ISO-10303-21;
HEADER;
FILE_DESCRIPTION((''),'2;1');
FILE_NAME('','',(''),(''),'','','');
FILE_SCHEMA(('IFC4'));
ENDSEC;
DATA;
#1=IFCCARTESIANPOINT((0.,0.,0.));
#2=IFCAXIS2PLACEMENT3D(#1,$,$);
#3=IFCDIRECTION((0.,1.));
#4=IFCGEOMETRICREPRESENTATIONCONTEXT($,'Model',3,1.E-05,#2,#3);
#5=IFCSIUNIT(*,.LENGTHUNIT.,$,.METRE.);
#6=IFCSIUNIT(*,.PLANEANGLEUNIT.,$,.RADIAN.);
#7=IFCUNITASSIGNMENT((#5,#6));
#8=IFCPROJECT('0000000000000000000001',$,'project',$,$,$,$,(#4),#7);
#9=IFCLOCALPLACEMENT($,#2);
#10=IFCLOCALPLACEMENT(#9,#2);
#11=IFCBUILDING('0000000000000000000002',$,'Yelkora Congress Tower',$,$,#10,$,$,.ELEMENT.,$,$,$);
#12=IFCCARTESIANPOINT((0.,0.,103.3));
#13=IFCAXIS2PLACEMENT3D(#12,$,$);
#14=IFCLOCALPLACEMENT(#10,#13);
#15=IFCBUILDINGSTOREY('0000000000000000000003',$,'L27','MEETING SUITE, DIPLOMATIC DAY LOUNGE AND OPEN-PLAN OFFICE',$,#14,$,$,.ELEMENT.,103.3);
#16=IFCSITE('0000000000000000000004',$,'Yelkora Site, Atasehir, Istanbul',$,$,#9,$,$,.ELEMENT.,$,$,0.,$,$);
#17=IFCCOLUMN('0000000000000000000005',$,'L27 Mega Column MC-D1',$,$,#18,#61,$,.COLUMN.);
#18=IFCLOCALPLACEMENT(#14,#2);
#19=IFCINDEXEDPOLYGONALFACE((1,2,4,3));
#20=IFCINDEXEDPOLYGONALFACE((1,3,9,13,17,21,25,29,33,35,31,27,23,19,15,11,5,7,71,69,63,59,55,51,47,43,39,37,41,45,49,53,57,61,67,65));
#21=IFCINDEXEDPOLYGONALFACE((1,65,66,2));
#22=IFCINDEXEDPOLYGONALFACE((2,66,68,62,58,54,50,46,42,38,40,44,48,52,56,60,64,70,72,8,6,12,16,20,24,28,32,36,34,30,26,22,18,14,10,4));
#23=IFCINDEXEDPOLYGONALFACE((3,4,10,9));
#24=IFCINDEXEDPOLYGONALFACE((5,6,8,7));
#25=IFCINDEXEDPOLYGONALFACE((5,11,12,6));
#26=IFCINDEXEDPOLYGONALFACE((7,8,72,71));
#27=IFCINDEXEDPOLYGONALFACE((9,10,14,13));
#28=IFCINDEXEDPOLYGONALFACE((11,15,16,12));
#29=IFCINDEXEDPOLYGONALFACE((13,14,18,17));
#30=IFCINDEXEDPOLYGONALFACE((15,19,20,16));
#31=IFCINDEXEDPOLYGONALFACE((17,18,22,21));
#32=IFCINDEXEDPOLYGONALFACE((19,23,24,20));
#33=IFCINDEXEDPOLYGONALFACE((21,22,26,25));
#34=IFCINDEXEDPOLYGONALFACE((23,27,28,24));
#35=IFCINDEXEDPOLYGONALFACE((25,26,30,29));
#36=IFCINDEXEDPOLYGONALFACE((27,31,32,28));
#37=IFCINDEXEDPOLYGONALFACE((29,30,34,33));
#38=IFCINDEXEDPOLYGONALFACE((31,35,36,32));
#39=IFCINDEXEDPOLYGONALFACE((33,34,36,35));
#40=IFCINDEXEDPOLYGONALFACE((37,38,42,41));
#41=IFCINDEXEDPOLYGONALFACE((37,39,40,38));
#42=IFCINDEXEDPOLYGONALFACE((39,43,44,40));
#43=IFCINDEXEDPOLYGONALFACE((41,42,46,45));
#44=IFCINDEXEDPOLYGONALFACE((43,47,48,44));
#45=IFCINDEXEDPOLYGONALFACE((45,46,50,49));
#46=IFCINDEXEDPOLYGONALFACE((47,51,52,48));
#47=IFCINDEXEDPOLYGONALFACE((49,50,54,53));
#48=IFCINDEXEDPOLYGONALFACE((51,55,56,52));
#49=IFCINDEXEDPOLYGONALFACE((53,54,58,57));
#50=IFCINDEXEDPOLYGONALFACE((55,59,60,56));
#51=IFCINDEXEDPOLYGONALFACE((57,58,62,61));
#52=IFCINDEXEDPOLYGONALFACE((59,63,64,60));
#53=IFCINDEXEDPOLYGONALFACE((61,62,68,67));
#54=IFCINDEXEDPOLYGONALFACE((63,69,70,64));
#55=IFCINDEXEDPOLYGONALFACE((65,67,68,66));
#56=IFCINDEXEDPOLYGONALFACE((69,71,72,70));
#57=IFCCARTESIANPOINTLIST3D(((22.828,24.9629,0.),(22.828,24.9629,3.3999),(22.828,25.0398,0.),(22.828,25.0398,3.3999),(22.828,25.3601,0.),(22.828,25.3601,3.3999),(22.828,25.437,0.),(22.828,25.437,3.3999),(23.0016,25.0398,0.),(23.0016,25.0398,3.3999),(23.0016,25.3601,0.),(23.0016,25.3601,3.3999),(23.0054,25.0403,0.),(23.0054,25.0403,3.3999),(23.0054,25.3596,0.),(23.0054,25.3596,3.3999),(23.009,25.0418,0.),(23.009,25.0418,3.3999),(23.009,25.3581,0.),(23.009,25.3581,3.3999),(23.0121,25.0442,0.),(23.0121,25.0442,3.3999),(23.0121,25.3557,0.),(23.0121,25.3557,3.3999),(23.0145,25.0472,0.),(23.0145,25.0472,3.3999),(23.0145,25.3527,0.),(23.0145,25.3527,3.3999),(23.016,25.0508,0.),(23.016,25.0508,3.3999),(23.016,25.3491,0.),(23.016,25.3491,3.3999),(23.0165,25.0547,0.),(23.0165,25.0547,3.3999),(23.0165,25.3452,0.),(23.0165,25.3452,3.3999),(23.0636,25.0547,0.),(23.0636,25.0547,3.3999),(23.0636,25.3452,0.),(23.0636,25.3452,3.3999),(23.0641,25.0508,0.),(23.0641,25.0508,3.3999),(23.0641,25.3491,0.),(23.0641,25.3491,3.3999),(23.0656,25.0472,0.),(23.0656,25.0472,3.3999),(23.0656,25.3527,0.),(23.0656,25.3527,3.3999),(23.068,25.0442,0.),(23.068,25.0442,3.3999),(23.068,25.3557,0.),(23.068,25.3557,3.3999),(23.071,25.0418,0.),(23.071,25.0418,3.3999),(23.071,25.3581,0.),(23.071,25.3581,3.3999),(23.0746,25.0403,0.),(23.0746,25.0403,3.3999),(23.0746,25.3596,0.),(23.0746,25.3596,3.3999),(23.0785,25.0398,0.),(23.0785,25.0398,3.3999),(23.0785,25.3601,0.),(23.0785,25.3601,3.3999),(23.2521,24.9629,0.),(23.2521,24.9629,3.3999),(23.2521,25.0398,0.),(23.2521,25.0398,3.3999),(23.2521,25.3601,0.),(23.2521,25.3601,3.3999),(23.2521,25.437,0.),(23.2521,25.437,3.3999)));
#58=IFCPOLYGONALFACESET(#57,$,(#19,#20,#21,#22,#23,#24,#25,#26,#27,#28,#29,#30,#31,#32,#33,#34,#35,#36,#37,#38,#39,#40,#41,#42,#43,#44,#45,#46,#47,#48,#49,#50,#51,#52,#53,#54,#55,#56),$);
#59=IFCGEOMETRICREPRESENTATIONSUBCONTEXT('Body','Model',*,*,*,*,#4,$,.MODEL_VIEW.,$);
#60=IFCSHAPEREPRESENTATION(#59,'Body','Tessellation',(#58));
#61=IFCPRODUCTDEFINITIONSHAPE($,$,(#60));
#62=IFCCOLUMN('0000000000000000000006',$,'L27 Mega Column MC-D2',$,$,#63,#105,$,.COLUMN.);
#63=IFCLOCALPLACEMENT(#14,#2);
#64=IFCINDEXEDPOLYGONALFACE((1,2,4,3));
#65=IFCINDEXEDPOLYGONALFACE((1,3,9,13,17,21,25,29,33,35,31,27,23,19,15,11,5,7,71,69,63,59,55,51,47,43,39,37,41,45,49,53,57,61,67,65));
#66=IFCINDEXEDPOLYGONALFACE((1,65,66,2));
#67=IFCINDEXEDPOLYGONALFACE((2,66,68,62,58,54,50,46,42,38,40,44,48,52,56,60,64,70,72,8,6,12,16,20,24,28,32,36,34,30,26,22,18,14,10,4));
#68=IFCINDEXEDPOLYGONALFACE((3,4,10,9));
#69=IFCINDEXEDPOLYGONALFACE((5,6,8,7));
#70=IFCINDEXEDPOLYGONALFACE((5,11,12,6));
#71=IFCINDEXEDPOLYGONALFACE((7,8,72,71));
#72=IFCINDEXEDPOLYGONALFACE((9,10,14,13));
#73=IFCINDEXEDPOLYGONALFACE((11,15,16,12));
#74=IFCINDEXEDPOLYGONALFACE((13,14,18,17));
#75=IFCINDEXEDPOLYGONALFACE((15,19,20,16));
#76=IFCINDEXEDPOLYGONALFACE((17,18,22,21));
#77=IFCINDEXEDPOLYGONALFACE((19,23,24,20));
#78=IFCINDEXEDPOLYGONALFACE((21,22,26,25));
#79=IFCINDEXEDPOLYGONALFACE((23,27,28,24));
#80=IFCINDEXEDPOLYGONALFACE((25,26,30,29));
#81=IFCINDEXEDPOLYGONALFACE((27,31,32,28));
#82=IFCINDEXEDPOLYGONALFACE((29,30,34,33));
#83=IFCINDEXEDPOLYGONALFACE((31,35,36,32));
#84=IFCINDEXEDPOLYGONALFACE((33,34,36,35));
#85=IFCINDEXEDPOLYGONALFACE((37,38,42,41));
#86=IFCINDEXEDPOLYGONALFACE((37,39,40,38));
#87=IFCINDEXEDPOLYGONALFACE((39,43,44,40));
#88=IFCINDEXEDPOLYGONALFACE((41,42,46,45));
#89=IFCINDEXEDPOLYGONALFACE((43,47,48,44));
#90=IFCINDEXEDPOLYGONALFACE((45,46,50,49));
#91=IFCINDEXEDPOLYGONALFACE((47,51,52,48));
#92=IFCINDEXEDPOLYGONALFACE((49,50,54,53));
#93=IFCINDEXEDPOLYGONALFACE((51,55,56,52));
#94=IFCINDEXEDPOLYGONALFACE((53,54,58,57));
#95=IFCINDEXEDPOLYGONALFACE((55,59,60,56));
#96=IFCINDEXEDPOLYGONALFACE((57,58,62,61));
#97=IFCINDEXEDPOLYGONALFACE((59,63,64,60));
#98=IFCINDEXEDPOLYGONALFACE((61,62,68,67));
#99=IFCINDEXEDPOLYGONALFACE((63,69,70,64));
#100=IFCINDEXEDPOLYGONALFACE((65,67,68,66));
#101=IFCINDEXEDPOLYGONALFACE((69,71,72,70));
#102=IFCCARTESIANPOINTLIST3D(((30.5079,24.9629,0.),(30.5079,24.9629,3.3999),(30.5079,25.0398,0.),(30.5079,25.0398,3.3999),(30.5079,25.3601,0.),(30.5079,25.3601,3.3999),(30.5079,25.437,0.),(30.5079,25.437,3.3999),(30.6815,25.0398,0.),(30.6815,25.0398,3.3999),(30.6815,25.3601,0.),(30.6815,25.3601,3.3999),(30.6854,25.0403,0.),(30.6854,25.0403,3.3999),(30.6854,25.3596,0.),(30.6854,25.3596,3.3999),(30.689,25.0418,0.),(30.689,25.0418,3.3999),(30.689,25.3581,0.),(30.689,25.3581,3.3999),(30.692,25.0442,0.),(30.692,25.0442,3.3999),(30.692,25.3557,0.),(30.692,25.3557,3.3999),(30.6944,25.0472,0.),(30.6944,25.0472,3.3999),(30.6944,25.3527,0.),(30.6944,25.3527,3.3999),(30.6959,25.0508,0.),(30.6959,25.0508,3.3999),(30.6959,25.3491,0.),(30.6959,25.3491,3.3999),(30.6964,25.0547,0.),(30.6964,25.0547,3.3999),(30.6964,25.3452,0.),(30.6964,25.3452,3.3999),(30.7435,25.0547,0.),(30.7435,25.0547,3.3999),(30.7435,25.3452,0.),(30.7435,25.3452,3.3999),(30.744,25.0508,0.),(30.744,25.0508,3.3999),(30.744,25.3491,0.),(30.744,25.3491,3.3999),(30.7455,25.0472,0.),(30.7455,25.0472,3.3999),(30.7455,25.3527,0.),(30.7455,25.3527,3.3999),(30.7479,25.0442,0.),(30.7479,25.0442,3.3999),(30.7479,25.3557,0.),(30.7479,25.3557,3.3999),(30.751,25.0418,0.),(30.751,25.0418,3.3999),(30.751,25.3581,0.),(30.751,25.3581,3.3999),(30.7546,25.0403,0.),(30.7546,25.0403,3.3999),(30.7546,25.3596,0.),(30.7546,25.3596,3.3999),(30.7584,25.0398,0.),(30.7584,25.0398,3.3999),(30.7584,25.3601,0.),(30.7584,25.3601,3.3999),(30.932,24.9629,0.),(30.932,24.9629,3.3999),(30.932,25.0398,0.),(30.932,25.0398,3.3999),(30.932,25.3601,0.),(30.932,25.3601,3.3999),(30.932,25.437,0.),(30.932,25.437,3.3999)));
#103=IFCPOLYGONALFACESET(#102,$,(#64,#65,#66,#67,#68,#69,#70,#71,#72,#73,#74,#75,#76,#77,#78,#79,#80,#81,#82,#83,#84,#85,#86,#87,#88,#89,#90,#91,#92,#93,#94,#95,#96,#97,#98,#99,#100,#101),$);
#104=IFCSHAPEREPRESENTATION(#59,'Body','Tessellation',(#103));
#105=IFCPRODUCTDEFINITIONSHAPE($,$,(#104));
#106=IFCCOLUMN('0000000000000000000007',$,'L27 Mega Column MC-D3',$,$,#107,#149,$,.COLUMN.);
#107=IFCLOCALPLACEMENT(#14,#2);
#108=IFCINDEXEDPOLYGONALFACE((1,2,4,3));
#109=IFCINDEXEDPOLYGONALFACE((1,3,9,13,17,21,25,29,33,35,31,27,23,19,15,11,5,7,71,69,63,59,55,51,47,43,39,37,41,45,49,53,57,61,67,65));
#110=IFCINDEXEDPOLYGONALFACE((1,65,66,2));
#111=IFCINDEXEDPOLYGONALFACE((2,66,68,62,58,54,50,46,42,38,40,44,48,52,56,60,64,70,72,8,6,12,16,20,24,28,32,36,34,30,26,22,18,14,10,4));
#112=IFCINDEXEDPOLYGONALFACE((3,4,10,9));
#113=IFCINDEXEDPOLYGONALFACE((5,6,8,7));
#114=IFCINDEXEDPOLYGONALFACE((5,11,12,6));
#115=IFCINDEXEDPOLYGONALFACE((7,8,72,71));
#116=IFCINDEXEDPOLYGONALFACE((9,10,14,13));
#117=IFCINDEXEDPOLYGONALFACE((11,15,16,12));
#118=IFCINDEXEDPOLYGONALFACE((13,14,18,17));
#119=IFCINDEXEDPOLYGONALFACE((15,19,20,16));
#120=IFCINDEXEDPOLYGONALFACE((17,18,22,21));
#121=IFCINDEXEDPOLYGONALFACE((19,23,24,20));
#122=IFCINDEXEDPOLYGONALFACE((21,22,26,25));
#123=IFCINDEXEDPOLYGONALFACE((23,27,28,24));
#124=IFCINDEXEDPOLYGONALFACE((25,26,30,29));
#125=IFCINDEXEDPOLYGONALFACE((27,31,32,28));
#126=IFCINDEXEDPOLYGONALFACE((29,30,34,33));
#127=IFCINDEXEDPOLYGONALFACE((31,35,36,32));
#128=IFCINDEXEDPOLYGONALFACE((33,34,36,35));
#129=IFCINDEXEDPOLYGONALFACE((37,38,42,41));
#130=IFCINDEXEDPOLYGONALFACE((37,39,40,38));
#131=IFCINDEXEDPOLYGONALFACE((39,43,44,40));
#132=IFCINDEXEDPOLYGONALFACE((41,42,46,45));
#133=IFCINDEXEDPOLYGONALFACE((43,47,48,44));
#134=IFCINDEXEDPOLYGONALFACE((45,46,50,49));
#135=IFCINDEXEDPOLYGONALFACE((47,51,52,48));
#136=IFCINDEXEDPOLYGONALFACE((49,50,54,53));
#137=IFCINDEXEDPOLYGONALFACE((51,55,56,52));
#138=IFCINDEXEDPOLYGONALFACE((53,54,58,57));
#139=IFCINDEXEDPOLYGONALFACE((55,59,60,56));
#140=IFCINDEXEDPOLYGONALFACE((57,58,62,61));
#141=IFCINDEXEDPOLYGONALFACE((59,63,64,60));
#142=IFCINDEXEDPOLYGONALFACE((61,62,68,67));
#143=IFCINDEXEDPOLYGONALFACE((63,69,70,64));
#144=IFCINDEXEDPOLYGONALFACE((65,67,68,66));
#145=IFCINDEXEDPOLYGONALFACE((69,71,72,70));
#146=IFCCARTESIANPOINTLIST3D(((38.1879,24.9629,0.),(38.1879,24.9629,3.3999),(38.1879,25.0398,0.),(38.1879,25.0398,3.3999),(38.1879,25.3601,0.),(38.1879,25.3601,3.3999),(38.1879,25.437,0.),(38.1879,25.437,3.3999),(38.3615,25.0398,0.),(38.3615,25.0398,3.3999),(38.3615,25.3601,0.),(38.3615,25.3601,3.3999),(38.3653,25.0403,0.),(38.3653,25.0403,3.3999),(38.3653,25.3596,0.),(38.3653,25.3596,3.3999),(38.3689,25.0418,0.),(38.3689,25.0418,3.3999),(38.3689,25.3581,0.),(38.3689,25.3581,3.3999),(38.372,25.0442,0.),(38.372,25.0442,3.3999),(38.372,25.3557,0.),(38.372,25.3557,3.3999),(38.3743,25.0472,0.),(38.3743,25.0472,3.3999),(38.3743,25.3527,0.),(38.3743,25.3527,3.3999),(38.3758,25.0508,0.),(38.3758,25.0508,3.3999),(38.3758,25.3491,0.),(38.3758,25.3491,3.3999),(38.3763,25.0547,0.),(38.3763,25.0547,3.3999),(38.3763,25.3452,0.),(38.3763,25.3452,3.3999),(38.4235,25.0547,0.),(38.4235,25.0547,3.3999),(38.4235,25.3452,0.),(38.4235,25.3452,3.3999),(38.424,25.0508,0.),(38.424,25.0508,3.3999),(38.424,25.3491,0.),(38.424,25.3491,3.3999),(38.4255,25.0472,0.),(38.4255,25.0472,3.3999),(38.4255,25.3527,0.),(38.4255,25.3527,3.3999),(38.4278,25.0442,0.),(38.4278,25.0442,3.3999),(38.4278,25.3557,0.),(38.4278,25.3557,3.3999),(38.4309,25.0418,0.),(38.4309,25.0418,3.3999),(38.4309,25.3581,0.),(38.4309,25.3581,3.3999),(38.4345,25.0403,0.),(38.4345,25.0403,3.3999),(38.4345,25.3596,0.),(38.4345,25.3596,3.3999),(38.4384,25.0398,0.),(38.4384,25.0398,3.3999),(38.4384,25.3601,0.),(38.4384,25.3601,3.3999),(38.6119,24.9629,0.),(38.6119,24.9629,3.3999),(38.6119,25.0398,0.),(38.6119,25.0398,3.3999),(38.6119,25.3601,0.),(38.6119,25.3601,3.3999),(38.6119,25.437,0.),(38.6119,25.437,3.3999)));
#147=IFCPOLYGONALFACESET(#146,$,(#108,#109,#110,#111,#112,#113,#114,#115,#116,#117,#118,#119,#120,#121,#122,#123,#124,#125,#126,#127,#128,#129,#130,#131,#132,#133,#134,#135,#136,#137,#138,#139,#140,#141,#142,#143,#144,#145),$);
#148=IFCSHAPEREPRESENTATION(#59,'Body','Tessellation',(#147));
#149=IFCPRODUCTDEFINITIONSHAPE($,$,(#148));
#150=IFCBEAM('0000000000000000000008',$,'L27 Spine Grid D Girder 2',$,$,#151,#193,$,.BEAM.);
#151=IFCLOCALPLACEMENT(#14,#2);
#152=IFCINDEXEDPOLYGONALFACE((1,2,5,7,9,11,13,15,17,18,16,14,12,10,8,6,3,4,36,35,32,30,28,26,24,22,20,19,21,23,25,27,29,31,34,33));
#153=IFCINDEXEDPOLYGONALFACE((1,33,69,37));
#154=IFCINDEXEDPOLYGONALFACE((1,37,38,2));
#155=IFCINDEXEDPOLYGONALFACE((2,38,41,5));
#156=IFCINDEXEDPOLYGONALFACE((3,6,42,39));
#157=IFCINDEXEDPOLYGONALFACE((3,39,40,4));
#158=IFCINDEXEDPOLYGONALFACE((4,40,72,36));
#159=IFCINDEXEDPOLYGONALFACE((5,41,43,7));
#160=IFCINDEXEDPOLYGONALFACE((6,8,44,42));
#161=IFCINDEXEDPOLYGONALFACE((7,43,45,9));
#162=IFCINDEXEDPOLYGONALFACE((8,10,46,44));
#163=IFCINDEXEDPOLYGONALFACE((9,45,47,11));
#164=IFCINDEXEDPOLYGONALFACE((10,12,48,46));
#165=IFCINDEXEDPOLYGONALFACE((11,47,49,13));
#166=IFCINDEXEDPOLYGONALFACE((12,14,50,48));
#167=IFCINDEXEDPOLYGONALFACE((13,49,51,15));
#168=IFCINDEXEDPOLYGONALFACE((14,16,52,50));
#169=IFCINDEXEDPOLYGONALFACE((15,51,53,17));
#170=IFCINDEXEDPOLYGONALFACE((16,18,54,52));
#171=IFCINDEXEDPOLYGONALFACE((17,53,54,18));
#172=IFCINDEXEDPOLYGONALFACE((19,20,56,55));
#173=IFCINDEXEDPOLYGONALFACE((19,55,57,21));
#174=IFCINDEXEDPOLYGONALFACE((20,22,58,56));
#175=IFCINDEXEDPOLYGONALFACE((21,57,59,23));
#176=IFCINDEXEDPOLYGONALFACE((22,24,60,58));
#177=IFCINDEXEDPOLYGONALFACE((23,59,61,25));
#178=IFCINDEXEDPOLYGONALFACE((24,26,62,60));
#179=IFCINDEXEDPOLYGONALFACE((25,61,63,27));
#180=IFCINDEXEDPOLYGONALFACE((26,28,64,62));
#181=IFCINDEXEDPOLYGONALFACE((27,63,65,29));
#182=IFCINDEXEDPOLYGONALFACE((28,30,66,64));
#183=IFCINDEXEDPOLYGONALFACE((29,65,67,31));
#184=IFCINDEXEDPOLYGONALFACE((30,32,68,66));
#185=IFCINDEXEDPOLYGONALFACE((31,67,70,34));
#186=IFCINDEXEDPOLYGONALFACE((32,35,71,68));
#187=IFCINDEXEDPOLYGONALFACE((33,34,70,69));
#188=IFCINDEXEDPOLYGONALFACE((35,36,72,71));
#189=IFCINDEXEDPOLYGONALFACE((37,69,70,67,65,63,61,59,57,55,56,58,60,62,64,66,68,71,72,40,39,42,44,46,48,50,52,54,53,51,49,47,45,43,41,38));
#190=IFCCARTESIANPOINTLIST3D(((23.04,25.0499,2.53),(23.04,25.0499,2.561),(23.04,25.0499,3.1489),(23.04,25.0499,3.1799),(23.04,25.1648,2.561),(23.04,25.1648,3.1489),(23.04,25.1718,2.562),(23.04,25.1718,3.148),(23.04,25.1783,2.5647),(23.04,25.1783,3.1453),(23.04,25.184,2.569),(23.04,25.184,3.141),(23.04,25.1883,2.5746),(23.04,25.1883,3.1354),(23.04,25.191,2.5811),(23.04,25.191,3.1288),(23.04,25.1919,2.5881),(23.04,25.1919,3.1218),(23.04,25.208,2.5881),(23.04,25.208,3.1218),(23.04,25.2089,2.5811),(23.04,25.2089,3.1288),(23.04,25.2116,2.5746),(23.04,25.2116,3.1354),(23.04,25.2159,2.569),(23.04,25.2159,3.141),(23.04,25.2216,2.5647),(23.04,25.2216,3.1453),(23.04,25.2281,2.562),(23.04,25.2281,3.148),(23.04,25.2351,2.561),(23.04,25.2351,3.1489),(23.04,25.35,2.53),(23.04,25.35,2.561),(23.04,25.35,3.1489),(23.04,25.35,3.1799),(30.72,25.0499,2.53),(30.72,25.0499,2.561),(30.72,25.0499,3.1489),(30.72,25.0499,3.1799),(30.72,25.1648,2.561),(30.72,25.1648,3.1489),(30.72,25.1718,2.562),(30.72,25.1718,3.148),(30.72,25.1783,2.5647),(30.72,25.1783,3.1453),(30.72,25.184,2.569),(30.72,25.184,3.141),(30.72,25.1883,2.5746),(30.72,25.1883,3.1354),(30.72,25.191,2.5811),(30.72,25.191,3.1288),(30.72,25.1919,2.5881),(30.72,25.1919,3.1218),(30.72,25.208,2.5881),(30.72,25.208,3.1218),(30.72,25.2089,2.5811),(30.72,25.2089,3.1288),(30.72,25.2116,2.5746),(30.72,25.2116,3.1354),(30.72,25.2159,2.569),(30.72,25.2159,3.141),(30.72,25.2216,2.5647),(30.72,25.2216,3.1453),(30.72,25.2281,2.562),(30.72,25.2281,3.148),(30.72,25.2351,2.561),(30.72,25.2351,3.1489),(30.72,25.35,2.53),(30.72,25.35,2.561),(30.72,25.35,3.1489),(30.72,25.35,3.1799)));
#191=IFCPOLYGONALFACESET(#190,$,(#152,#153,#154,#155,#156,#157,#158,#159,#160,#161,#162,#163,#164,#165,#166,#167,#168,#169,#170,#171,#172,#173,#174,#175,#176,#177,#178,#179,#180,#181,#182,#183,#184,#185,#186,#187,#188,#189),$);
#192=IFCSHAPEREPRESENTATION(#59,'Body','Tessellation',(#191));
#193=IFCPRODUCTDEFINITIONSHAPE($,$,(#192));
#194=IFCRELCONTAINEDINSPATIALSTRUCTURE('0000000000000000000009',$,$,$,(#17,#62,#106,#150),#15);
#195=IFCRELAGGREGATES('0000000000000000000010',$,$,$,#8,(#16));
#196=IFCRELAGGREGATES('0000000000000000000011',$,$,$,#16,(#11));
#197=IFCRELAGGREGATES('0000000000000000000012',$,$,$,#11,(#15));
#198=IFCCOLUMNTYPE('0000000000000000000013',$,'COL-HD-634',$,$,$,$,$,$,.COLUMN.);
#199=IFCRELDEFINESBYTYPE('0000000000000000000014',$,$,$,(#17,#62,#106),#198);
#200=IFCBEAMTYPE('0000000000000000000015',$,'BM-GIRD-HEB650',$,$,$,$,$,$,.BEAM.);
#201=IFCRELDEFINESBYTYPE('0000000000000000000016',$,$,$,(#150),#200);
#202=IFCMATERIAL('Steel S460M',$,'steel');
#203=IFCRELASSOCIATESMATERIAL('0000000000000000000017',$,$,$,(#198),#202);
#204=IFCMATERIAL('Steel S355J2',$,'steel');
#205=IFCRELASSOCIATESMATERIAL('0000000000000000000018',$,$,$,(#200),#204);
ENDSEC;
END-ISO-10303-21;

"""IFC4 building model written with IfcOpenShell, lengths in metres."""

from ifc_helpers import new_model, si_unit, direction, frame, origin, origin_2d, place, context, subcontext, project, spatial, i_section, extrude, material, material_profile, profile_set, type_object, element, save


model = new_model("IFC4")

# Units and contexts
model_context = context("Model", 3, precision=1e-05, world=origin(), true_north=direction((0.0, 1.0)))
body_context = subcontext(model_context, "Body", "Model", "MODEL_VIEW")
ifc_project = project(units=[si_unit("LENGTHUNIT", "METRE"), si_unit("PLANEANGLEUNIT", "RADIAN")], contexts=[model_context])

# Site, building, storey
site_placement = place(None, origin())
site = spatial("IfcSite", under=ifc_project, at=site_placement, Name="Yelkora Site, Atasehir, Istanbul", CompositionType="ELEMENT", RefElevation=0.0)
building_placement = place(site_placement, origin())
building = spatial("IfcBuilding", under=site, at=building_placement, Name="Yelkora Congress Tower", CompositionType="ELEMENT")
storey_placement = place(building_placement, frame((0.0, 0.0, 103.3)))
storey = spatial("IfcBuildingStorey", under=building, at=storey_placement, Name="L27", Description="MEETING SUITE, DIPLOMATIC DAY LOUNGE AND OPEN-PLAN OFFICE", CompositionType="ELEMENT", Elevation=103.3)

# Columns
ifc_material_1 = material(Name="Steel S460M", Category="steel")
ifc_material_profile_1 = material_profile(ifc_material_1, i_section(OverallWidth=0.4241, OverallDepth=0.4741, WebThickness=0.0471, FlangeThickness=0.0769, FilletRadius=0.0149, at=origin_2d()), Name="HD 400x634")
ifc_profile_set_1 = profile_set([ifc_material_profile_1], Name="Steel S460M")
column_type = type_object("IfcColumnType", Name="COL-HD-634", PredefinedType="COLUMN", material=ifc_profile_set_1)
for number, where, z_axis, x_axis, name in (
    (1, (23.04, 25.2, 0.0), (0.0, 0.0, 1.0), (1.0, 0.0, 0.0), "L27 Mega Column MC-D1"),
    (2, (30.72, 25.2, 0.0), (0.0, 0.0, 1.0), (1.0, 0.0, 0.0), "L27 Mega Column MC-D2"),
    (3, (38.3999, 25.2, 0.0), (0.0, 0.0, 1.0), (1.0, 0.0, 0.0), "L27 Mega Column MC-D3"),
):
    element("IfcColumn", number, at=place(storey_placement, frame(where, z_axis=z_axis, x_axis=x_axis)), inside=storey, type_object=column_type, Name=name, PredefinedType="COLUMN", context=body_context, shape_type="SweptSolid", body=[
        extrude(i_section(OverallWidth=0.4241, OverallDepth=0.4741, WebThickness=0.0471, FlangeThickness=0.0769, FilletRadius=0.0149, at=origin_2d()), origin(), (0.0, 0.0, 1.0), 3.3999),
    ])

# Beam
ifc_material_2 = material(Name="Steel S355J2", Category="steel")
ifc_material_profile_2 = material_profile(ifc_material_2, i_section(OverallWidth=0.3, OverallDepth=0.6499, WebThickness=0.0161, FlangeThickness=0.031, FilletRadius=0.0271, at=origin_2d()), Name="HEB 650")
ifc_profile_set_2 = profile_set([ifc_material_profile_2], Name="Steel S355J2")
beam_type_1 = type_object("IfcBeamType", Name="BM-GIRD-HEB650", PredefinedType="BEAM", material=ifc_profile_set_2)
for number, where, z_axis, x_axis, name in (
    (4, (23.04, 25.2, 2.855), (1.0, 0.0, 0.0), (0.0, 1.0, 0.0), "L27 Spine Grid D Girder 2"),
):
    element("IfcBeam", number, at=place(storey_placement, frame(where, z_axis=z_axis, x_axis=x_axis)), inside=storey, type_object=beam_type_1, Name=name, PredefinedType="BEAM", context=body_context, shape_type="SweptSolid", body=[
        extrude(i_section(OverallWidth=0.3, OverallDepth=0.6499, WebThickness=0.0161, FlangeThickness=0.031, FilletRadius=0.0271, at=origin_2d()), origin(), (0.0, 0.0, 1.0), 7.6799),
    ])

save(model, "model.ifc")
